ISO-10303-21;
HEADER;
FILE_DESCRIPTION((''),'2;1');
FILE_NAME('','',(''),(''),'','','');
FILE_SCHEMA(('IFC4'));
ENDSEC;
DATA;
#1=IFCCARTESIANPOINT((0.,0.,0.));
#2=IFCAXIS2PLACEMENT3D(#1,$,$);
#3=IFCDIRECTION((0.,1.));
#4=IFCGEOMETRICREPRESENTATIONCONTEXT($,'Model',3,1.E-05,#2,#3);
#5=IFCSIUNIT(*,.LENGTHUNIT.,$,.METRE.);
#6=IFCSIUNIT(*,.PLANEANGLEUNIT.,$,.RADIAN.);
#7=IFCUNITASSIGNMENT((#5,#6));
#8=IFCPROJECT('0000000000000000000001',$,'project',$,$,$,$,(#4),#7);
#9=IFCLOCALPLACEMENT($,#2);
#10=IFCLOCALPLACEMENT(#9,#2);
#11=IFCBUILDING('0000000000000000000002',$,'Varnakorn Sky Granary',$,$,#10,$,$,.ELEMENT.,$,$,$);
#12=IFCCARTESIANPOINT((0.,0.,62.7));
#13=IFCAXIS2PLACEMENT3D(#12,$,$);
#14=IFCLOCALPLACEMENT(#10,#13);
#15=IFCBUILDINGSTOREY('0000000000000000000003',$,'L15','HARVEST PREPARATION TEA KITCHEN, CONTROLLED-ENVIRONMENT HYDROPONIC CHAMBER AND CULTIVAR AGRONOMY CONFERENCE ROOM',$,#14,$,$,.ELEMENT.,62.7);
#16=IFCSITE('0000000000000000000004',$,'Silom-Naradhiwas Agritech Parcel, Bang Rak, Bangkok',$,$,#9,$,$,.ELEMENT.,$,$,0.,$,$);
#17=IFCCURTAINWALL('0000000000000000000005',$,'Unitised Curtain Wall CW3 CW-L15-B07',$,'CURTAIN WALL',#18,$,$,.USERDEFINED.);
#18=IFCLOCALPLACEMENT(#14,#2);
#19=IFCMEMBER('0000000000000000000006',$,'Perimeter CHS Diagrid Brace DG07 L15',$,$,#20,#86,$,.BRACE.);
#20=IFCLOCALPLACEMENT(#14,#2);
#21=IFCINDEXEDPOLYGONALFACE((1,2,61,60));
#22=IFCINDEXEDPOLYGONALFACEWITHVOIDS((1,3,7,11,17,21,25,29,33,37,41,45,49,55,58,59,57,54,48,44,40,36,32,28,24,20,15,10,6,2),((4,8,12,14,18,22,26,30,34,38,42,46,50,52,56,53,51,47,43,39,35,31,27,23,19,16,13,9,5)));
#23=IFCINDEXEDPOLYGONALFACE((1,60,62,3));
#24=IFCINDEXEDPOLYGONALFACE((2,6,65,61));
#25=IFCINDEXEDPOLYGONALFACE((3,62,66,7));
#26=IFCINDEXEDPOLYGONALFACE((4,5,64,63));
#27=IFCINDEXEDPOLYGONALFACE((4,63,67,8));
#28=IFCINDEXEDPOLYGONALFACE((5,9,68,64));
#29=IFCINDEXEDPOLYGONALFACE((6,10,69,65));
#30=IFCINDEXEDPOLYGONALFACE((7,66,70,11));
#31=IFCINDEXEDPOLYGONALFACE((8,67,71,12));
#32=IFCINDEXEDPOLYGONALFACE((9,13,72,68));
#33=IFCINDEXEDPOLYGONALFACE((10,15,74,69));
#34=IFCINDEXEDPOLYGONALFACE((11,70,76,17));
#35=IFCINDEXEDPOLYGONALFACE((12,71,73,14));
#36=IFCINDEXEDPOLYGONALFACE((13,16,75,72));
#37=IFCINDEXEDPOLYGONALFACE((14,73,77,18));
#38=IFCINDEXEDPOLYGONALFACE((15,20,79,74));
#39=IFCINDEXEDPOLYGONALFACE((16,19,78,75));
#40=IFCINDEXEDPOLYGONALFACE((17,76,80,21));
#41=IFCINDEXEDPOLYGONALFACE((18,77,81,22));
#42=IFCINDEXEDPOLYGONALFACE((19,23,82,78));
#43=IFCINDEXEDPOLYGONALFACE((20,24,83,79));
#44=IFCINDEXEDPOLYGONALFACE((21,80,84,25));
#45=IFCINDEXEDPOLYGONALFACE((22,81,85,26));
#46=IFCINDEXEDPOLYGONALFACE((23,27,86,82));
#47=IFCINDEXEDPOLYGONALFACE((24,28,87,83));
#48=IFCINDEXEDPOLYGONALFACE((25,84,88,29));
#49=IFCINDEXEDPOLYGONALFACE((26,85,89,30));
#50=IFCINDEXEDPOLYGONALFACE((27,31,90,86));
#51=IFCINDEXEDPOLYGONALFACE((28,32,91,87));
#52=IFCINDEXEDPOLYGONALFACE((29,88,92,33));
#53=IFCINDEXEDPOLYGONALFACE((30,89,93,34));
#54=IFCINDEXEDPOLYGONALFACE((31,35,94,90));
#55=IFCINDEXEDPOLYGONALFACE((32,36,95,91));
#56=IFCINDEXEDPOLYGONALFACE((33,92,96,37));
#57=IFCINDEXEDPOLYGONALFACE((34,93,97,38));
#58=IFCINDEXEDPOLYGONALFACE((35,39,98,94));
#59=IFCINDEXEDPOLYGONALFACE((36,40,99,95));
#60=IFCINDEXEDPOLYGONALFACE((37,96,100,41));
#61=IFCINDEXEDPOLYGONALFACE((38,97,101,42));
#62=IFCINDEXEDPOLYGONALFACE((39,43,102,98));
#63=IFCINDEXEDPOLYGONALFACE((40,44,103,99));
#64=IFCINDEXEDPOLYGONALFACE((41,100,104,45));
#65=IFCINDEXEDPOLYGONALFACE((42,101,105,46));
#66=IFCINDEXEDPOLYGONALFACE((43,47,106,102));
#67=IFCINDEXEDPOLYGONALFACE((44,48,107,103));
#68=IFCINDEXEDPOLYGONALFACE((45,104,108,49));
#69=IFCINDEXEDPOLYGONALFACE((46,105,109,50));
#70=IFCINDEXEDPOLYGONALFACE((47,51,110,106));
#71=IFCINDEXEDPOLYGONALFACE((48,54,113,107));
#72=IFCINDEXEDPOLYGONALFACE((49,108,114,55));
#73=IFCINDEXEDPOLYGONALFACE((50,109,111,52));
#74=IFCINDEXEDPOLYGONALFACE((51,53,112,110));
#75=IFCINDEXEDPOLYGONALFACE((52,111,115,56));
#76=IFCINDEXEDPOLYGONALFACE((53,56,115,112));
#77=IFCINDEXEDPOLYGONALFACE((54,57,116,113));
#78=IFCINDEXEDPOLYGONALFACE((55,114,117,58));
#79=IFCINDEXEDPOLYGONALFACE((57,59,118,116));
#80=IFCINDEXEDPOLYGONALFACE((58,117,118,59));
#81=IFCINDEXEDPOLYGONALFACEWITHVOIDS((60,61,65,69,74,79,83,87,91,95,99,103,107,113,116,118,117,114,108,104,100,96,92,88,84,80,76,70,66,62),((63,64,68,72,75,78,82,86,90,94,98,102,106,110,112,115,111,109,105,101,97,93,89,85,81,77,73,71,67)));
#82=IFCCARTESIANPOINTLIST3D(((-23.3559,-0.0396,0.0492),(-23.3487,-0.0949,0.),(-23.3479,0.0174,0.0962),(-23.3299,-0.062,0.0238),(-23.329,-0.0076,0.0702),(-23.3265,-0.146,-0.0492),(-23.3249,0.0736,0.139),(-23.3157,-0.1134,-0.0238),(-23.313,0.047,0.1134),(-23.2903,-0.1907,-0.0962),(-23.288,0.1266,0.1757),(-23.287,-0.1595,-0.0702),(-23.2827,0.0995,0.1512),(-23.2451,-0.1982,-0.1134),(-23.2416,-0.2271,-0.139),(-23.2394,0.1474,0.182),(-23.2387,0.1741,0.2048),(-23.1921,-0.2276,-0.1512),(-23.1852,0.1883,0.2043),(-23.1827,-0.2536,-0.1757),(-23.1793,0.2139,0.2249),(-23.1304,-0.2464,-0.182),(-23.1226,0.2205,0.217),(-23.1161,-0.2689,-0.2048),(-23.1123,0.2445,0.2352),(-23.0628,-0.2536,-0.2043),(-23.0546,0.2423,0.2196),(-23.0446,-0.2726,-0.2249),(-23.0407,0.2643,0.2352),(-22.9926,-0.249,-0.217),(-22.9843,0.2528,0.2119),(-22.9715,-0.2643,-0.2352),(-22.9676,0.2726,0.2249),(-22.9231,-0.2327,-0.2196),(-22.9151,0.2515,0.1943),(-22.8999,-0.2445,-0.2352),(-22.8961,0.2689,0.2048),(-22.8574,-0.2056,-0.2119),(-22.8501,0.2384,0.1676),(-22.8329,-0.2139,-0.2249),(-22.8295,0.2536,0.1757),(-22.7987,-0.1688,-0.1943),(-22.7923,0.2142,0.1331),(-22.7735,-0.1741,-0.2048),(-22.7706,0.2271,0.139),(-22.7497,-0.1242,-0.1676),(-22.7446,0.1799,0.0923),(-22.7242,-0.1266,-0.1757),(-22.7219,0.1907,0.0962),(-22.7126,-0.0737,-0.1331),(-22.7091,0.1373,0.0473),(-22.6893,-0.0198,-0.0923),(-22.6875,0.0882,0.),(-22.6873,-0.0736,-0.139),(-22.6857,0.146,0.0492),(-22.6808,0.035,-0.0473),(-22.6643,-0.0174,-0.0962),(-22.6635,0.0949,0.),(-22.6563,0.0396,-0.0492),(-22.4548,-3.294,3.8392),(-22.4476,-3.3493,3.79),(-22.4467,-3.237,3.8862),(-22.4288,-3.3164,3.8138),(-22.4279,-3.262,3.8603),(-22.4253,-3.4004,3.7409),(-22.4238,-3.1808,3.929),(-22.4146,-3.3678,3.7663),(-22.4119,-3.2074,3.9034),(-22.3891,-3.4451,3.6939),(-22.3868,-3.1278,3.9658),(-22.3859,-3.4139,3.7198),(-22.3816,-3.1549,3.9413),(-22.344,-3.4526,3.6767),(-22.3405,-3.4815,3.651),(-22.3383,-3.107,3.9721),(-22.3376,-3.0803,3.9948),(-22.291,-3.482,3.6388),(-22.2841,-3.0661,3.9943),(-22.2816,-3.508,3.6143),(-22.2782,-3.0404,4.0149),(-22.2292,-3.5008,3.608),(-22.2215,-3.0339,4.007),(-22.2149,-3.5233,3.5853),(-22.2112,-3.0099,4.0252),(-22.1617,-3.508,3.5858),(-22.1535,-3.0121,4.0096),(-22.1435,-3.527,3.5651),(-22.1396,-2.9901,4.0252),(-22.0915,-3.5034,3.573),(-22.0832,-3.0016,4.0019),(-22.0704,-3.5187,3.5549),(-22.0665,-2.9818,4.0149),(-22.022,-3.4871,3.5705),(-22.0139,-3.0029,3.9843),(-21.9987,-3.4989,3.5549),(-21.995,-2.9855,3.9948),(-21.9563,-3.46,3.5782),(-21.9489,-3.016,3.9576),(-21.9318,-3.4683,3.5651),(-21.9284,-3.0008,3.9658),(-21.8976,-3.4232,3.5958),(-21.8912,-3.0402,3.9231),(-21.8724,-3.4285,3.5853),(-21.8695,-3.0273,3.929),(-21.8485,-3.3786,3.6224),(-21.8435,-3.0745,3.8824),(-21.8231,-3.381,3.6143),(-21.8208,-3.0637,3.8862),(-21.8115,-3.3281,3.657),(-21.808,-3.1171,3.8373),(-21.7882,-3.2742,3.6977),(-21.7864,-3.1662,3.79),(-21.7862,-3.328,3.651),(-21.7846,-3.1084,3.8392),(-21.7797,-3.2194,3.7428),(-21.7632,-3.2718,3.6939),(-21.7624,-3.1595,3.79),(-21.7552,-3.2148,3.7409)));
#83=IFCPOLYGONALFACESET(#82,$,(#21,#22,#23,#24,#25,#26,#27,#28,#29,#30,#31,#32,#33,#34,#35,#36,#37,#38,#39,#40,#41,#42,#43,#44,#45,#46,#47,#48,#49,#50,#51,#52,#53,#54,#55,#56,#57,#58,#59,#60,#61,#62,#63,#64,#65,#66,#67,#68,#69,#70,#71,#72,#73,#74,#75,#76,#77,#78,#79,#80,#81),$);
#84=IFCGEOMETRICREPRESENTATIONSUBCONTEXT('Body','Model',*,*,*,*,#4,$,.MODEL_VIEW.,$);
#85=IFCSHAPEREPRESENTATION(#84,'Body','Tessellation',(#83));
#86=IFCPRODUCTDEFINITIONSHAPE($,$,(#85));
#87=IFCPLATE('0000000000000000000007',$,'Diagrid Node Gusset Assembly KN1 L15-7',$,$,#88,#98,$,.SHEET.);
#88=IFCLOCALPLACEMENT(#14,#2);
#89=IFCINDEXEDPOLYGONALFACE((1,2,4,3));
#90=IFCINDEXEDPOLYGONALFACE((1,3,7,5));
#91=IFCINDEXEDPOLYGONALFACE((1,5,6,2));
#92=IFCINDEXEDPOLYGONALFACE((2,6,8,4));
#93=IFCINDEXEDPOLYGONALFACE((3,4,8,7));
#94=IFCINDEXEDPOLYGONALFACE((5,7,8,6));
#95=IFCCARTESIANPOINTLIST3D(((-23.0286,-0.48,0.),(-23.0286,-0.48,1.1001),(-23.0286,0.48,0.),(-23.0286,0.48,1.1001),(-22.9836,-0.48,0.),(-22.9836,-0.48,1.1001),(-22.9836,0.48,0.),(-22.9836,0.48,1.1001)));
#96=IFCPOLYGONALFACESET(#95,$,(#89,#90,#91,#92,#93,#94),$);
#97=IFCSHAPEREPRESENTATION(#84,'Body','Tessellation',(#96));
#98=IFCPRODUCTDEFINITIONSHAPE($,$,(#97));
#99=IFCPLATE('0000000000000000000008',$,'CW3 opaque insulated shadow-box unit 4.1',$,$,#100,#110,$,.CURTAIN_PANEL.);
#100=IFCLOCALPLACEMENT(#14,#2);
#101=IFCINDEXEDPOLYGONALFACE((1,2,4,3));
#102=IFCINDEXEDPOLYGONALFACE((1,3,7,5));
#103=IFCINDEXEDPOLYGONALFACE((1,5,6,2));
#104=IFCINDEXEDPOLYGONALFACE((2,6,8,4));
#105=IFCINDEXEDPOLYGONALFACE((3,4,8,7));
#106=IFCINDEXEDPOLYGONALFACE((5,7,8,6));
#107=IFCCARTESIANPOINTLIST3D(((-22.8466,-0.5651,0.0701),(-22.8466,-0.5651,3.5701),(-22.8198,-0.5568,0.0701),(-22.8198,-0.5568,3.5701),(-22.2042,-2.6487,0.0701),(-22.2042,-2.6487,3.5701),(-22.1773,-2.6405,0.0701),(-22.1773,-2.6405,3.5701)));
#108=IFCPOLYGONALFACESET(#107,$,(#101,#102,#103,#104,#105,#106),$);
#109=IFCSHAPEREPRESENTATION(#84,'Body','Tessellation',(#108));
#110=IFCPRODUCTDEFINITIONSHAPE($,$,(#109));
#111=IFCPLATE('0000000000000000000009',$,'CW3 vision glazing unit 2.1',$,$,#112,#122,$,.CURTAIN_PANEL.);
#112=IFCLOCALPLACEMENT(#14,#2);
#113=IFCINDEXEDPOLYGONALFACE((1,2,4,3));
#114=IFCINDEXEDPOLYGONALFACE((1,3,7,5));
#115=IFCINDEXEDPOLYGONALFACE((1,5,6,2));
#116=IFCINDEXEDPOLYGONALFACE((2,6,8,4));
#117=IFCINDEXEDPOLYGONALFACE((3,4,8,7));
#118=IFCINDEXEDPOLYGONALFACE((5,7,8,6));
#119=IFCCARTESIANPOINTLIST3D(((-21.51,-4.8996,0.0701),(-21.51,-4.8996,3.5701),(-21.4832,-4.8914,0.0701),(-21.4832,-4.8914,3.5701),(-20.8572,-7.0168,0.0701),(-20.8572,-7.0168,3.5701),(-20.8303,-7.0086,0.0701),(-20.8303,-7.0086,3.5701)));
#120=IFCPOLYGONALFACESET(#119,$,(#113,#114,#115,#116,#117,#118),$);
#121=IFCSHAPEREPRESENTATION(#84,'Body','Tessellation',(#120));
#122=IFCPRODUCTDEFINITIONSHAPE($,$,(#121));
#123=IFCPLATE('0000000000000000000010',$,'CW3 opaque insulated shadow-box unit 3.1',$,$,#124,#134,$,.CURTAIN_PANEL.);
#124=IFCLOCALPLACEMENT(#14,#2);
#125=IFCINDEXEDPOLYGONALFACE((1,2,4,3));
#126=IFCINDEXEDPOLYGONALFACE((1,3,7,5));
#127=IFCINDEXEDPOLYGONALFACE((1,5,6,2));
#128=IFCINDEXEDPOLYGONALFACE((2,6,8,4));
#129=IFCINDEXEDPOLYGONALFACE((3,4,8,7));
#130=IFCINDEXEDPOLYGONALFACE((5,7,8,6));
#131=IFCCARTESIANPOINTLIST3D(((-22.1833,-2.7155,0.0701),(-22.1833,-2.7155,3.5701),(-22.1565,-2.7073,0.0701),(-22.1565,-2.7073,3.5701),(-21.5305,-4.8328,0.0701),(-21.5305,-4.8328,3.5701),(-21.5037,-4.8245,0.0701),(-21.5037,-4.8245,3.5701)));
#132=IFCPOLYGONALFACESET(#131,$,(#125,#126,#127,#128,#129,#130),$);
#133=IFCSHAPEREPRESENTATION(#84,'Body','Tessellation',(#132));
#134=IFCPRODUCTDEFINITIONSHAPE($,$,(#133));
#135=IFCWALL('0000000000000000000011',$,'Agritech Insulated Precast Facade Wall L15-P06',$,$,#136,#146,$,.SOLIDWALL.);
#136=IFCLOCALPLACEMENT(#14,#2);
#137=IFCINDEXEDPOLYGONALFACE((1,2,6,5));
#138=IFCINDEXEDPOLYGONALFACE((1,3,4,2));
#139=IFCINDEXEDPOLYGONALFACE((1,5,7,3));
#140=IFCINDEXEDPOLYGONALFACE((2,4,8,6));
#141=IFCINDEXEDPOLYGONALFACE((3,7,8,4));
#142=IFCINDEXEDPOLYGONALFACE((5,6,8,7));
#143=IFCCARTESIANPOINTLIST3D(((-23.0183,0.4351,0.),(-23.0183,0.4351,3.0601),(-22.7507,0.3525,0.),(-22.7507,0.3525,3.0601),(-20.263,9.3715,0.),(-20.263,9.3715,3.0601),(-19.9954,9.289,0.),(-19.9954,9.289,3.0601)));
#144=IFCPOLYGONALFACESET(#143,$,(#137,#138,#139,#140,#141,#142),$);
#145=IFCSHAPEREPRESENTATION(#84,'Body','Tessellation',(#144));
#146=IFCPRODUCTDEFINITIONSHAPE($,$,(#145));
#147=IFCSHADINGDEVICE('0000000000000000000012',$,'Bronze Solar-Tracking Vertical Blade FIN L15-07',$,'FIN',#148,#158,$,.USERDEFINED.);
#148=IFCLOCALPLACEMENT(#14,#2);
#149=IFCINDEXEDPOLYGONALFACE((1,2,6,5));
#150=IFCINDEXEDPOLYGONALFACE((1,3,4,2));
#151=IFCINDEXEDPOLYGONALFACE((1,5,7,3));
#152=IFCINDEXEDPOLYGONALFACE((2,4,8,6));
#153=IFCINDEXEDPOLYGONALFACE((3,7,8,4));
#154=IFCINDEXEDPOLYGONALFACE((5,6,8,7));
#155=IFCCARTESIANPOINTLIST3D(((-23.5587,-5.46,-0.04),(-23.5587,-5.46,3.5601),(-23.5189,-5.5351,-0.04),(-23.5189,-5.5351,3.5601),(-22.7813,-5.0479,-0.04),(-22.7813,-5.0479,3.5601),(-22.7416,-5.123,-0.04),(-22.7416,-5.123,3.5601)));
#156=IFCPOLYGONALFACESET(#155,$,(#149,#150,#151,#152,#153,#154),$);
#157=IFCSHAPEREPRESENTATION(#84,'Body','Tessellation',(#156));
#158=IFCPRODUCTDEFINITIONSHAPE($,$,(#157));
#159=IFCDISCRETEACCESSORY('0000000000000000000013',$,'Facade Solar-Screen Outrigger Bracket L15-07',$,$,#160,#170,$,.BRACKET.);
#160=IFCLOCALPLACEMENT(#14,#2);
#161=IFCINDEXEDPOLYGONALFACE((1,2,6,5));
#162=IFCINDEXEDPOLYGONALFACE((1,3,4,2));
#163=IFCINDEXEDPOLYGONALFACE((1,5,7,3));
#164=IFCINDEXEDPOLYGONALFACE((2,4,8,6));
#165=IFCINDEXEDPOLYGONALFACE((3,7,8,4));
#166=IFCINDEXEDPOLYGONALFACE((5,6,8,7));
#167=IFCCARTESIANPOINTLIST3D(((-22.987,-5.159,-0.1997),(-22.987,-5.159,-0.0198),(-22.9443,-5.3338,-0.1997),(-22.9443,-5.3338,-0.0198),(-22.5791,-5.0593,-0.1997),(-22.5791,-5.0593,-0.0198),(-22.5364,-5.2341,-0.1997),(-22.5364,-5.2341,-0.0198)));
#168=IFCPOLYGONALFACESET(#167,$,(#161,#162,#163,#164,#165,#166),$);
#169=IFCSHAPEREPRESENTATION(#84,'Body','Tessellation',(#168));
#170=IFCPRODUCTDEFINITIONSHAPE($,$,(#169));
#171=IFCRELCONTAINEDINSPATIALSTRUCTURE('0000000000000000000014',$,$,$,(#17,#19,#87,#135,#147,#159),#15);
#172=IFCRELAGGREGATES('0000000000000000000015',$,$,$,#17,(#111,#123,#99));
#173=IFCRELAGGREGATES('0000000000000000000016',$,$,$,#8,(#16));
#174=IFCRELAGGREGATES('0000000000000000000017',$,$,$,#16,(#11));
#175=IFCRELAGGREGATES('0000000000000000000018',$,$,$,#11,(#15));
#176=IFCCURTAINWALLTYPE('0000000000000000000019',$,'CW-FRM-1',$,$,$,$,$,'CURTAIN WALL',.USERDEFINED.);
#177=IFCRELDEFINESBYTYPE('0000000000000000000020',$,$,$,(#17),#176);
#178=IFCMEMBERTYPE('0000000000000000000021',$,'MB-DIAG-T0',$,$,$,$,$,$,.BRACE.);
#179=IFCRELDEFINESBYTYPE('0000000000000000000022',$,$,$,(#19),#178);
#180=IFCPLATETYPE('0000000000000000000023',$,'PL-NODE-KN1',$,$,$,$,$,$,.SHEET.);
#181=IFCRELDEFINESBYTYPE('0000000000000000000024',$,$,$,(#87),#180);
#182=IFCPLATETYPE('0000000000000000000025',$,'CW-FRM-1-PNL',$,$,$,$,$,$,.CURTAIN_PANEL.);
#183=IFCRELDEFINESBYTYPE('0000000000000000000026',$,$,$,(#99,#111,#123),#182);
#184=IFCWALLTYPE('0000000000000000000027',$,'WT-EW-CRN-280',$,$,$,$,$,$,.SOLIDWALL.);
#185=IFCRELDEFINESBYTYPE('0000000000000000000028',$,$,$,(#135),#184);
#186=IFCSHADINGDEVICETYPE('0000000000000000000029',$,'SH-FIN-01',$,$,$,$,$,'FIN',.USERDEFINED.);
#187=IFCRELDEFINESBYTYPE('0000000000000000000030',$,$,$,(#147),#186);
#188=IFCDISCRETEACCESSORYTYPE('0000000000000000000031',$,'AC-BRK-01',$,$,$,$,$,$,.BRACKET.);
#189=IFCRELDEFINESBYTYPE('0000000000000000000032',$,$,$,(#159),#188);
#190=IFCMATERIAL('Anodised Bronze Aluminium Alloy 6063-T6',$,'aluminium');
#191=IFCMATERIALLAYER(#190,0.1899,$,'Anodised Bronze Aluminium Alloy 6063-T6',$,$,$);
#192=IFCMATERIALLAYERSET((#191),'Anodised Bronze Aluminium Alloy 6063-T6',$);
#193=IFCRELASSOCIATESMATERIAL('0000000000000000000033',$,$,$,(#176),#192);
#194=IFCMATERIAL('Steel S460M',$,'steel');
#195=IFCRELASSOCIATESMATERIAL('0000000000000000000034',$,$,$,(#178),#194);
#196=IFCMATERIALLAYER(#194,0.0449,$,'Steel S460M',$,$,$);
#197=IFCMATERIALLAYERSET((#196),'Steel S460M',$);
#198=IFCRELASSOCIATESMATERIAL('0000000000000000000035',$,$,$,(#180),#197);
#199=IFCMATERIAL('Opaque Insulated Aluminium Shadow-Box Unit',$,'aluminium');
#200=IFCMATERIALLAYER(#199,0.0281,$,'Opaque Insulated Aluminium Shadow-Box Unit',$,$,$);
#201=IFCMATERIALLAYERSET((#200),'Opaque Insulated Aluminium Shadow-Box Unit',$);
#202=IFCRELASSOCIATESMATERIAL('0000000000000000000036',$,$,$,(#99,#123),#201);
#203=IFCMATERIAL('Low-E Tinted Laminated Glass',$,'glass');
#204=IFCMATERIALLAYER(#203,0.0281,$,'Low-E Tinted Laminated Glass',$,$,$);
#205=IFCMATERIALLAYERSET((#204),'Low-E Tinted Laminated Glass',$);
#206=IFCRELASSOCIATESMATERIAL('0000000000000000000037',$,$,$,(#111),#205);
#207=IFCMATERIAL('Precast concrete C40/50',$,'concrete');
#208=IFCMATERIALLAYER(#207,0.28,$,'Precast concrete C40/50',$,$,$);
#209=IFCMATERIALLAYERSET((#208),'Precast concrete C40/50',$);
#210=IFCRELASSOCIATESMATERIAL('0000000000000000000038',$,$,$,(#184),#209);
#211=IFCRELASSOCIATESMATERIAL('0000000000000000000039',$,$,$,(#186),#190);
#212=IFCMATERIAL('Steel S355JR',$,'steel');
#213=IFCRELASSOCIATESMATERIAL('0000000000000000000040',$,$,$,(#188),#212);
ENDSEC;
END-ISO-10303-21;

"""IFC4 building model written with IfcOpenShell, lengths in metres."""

from ifc_helpers import new_model, si_unit, direction, frame, frame_2d, origin, origin_2d, place, context, subcontext, project, spatial, rectangle, hollow_circle, extrude, source, transform, mapped, material, layer, layer_set, material_profile, profile_set, type_object, type_shapes, element, aggregate, save


model = new_model("IFC4")

# Units and contexts
model_context = context("Model", 3, precision=1e-05, world=origin(), true_north=direction((0.0, 1.0)))
body_context = subcontext(model_context, "Body", "Model", "MODEL_VIEW")
ifc_project = project(units=[si_unit("LENGTHUNIT", "METRE"), si_unit("PLANEANGLEUNIT", "RADIAN")], contexts=[model_context])

# Site, building, storey
site_placement = place(None, origin())
site = spatial("IfcSite", under=ifc_project, at=site_placement, Name="Silom-Naradhiwas Agritech Parcel, Bang Rak, Bangkok", CompositionType="ELEMENT", RefElevation=0.0)
building_placement = place(site_placement, origin())
building = spatial("IfcBuilding", under=site, at=building_placement, Name="Varnakorn Sky Granary", CompositionType="ELEMENT")
storey_placement = place(building_placement, frame((0.0, 0.0, 62.7)))
storey = spatial("IfcBuildingStorey", under=building, at=storey_placement, Name="L15", Description="HARVEST PREPARATION TEA KITCHEN, CONTROLLED-ENVIRONMENT HYDROPONIC CHAMBER AND CULTIVAR AGRONOMY CONFERENCE ROOM", CompositionType="ELEMENT", Elevation=62.7)

# Shared definitions
ifc_material_1 = material(Name="Steel S460M", Category="steel")

# Shared definitions
ifc_material_2 = material(Name="Steel S355JR", Category="steel")

# Curtain wall
ifc_material_3 = material(Name="Anodised Bronze Aluminium Alloy 6063-T6", Category="aluminium")
ifc_layer_1 = layer(ifc_material_3, 0.1899, Name="Anodised Bronze Aluminium Alloy 6063-T6")
ifc_layer_set_1 = layer_set([ifc_layer_1], Name="Anodised Bronze Aluminium Alloy 6063-T6")
curtain_wall_type = type_object("IfcCurtainWallType", Name="CW-FRM-1", ElementType="CURTAIN WALL", PredefinedType="USERDEFINED", material=ifc_layer_set_1)
curtain_wall_placement = place(storey_placement, origin())
curtain_wall = element("IfcCurtainWall", 1, at=curtain_wall_placement, inside=storey, type_object=curtain_wall_type, Name="Unitised Curtain Wall CW3 CW-L15-B07", ObjectType="CURTAIN WALL", PredefinedType="USERDEFINED")

# Member
ifc_material_profile_1 = material_profile(ifc_material_1, hollow_circle(Radius=0.3555, WallThickness=0.0249, at=origin_2d()), Name="CHS 711x25")
ifc_profile_set_1 = profile_set([ifc_material_profile_1], Name="Steel S460M")
member_type_1 = type_object("IfcMemberType", Name="MB-DIAG-T0", PredefinedType="BRACE", material=ifc_profile_set_1)
for number, where, z_axis, x_axis, name in (
    (2, (-23.0061, 0.0, 0.0), (0.17752, -0.641112, 0.746634), (0.963737, 0.266853, 0.0), "Perimeter CHS Diagrid Brace DG07 L15"),
):
    element("IfcMember", number, at=place(storey_placement, frame(where, z_axis=z_axis, x_axis=x_axis)), inside=storey, type_object=member_type_1, Name=name, PredefinedType="BRACE", context=body_context, shape_type="SweptSolid", body=[
        extrude(hollow_circle(Radius=0.3555, WallThickness=0.0249, at=origin_2d()), origin(), (0.0, 0.0, 1.0), 5.0762),
    ])

# Plates
ifc_layer_2 = layer(ifc_material_1, 0.0449, Name="Steel S460M")
ifc_layer_set_2 = layer_set([ifc_layer_2], Name="Steel S460M")
plate_type_1 = type_object("IfcPlateType", Name="PL-NODE-KN1", PredefinedType="SHEET", material=ifc_layer_set_2)
plate_1_placement = place(storey_placement, frame((-23.0061, 0.0, 0.0), z_axis=(0.0, 0.0, 1.0), x_axis=(0.0, -1.0, 0.0)))
element("IfcPlate", 3, at=plate_1_placement, inside=storey, type_object=plate_type_1, Name="Diagrid Node Gusset Assembly KN1 L15-7", PredefinedType="SHEET", context=body_context, shape_type="SweptSolid", body=[
    extrude(rectangle(XDim=0.96, YDim=0.0449, at=origin_2d()), origin(), (0.0, 0.0, 1.0), 1.1001),
])
ifc_material_4 = material(Name="Opaque Insulated Aluminium Shadow-Box Unit", Category="aluminium")
ifc_layer_3 = layer(ifc_material_4, 0.0281, Name="Opaque Insulated Aluminium Shadow-Box Unit")
ifc_layer_set_3 = layer_set([ifc_layer_3], Name="Opaque Insulated Aluminium Shadow-Box Unit")
plate_type_2 = type_object("IfcPlateType", Name="CW-FRM-1-PNL", PredefinedType="CURTAIN_PANEL")
shared_shape_1 = source(origin(), body_context, "Body", "SweptSolid", [
    extrude(rectangle(XDim=2.1804, YDim=0.0281, at=origin_2d()), origin(), (0.0, 0.0, 1.0), 3.5),
])
plate_2_placement = place(storey_placement, frame((-22.512, -1.6028, 0.0701), z_axis=(0.0, 0.0, 1.0), x_axis=(-0.294645, 0.955607, 0.0)))
plate_2 = element("IfcPlate", 4, at=plate_2_placement, type_object=plate_type_2, material=ifc_layer_set_3, Name="CW3 opaque insulated shadow-box unit 4.1", PredefinedType="CURTAIN_PANEL", context=body_context, shape_type="MappedRepresentation", body=[
    mapped(shared_shape_1, transform((0.0, 0.0, 0.0), x_axis=(1.0, 0.0, 0.0), y_axis=(0.0, 1.0, 0.0), z_axis=(0.0, 0.0, 1.0), scale=1.0)),
])
ifc_material_5 = material(Name="Low-E Tinted Laminated Glass", Category="glass")
ifc_layer_4 = layer(ifc_material_5, 0.0281, Name="Low-E Tinted Laminated Glass")
ifc_layer_set_4 = layer_set([ifc_layer_4], Name="Low-E Tinted Laminated Glass")
shared_shape_2 = source(origin(), body_context, "Body", "SweptSolid", [
    extrude(rectangle(XDim=2.2156, YDim=0.0281, at=origin_2d()), origin(), (0.0, 0.0, 1.0), 3.5),
])
type_shapes(plate_type_2, [shared_shape_1, shared_shape_2])
plate_3_placement = place(storey_placement, frame((-21.1702, -5.9541, 0.0701), z_axis=(0.0, 0.0, 1.0), x_axis=(-0.294645, 0.955607, 0.0)))
plate_3 = element("IfcPlate", 5, at=plate_3_placement, type_object=plate_type_2, material=ifc_layer_set_4, Name="CW3 vision glazing unit 2.1", PredefinedType="CURTAIN_PANEL", context=body_context, shape_type="MappedRepresentation", body=[
    mapped(shared_shape_2, transform((0.0, 0.0, 0.0), x_axis=(1.0, 0.0, 0.0), y_axis=(0.0, 1.0, 0.0), z_axis=(0.0, 0.0, 1.0), scale=1.0)),
])
plate_4_placement = place(storey_placement, frame((-21.8435, -3.77, 0.0701), z_axis=(0.0, 0.0, 1.0), x_axis=(-0.294645, 0.955607, 0.0)))
plate_4 = element("IfcPlate", 6, at=plate_4_placement, type_object=plate_type_2, material=ifc_layer_set_3, Name="CW3 opaque insulated shadow-box unit 3.1", PredefinedType="CURTAIN_PANEL", context=body_context, shape_type="MappedRepresentation", body=[
    mapped(shared_shape_2, transform((0.0, 0.0, 0.0), x_axis=(1.0, 0.0, 0.0), y_axis=(0.0, 1.0, 0.0), z_axis=(0.0, 0.0, 1.0), scale=1.0)),
])
aggregate(curtain_wall, [plate_3, plate_4, plate_2])

# Wall
ifc_material_6 = material(Name="Precast concrete C40/50", Category="concrete")
ifc_layer_5 = layer(ifc_material_6, 0.28, Name="Precast concrete C40/50")
ifc_layer_set_5 = layer_set([ifc_layer_5], Name="Precast concrete C40/50")
wall_type = type_object("IfcWallType", Name="WT-EW-CRN-280", PredefinedType="SOLIDWALL", material=ifc_layer_set_5)
wall_placement = place(storey_placement, frame((-22.8845, 0.3938, 0.0), z_axis=(0.0, 0.0, 1.0), x_axis=(0.29464, 0.955608, 0.0)))
element("IfcWall", 7, at=wall_placement, inside=storey, type_object=wall_type, Name="Agritech Insulated Precast Facade Wall L15-P06", PredefinedType="SOLIDWALL", context=body_context, shape_type="SweptSolid", body=[
    extrude(rectangle(XDim=9.3516, YDim=0.28, at=frame_2d((4.6758, 0.0))), origin(), (0.0, 0.0, 1.0), 3.0601),
])

# Shading device
shading_device_type = type_object("IfcShadingDeviceType", Name="SH-FIN-01", ElementType="FIN", PredefinedType="USERDEFINED", material=ifc_material_3)
shared_shape_3 = source(origin(), body_context, "Body", "SweptSolid", [
    extrude(rectangle(XDim=0.085, YDim=0.8799, at=origin_2d()), origin(), (0.0, 0.0, 1.0), 3.6001),
])
type_shapes(shading_device_type, [shared_shape_3])
shading_device_placement = place(storey_placement, frame((-23.1501, -5.2915, -0.04), z_axis=(0.0, 0.0, 1.0), x_axis=(0.468402, -0.883515, 0.0)))
element("IfcShadingDevice", 8, at=shading_device_placement, inside=storey, type_object=shading_device_type, Name="Bronze Solar-Tracking Vertical Blade FIN L15-07", ObjectType="FIN", PredefinedType="USERDEFINED", context=body_context, shape_type="MappedRepresentation", body=[
    mapped(shared_shape_3, transform((0.0, 0.0, 0.0), x_axis=(1.0, 0.0, 0.0), y_axis=(0.0, 1.0, 0.0), z_axis=(0.0, 0.0, 1.0), scale=1.0)),
])

# Discrete accessory
discrete_accessory_type = type_object("IfcDiscreteAccessoryType", Name="AC-BRK-01", PredefinedType="BRACKET", material=ifc_material_2)
shared_shape_4 = source(origin(), body_context, "Body", "SweptSolid", [
    extrude(rectangle(XDim=0.1799, YDim=0.4199, at=origin_2d()), origin(), (0.0, 0.0, 1.0), 0.1799),
])
type_shapes(discrete_accessory_type, [shared_shape_4])
discrete_accessory_placement = place(storey_placement, frame((-22.7617, -5.1965, -0.1997), z_axis=(0.0, 0.0, 1.0), x_axis=(0.237423, -0.971406, 0.0)))
element("IfcDiscreteAccessory", 9, at=discrete_accessory_placement, inside=storey, type_object=discrete_accessory_type, Name="Facade Solar-Screen Outrigger Bracket L15-07", PredefinedType="BRACKET", context=body_context, shape_type="MappedRepresentation", body=[
    mapped(shared_shape_4, transform((0.0, 0.0, 0.0), x_axis=(1.0, 0.0, 0.0), y_axis=(0.0, 1.0, 0.0), z_axis=(0.0, 0.0, 1.0), scale=1.0)),
])

save(model, "model.ifc")
